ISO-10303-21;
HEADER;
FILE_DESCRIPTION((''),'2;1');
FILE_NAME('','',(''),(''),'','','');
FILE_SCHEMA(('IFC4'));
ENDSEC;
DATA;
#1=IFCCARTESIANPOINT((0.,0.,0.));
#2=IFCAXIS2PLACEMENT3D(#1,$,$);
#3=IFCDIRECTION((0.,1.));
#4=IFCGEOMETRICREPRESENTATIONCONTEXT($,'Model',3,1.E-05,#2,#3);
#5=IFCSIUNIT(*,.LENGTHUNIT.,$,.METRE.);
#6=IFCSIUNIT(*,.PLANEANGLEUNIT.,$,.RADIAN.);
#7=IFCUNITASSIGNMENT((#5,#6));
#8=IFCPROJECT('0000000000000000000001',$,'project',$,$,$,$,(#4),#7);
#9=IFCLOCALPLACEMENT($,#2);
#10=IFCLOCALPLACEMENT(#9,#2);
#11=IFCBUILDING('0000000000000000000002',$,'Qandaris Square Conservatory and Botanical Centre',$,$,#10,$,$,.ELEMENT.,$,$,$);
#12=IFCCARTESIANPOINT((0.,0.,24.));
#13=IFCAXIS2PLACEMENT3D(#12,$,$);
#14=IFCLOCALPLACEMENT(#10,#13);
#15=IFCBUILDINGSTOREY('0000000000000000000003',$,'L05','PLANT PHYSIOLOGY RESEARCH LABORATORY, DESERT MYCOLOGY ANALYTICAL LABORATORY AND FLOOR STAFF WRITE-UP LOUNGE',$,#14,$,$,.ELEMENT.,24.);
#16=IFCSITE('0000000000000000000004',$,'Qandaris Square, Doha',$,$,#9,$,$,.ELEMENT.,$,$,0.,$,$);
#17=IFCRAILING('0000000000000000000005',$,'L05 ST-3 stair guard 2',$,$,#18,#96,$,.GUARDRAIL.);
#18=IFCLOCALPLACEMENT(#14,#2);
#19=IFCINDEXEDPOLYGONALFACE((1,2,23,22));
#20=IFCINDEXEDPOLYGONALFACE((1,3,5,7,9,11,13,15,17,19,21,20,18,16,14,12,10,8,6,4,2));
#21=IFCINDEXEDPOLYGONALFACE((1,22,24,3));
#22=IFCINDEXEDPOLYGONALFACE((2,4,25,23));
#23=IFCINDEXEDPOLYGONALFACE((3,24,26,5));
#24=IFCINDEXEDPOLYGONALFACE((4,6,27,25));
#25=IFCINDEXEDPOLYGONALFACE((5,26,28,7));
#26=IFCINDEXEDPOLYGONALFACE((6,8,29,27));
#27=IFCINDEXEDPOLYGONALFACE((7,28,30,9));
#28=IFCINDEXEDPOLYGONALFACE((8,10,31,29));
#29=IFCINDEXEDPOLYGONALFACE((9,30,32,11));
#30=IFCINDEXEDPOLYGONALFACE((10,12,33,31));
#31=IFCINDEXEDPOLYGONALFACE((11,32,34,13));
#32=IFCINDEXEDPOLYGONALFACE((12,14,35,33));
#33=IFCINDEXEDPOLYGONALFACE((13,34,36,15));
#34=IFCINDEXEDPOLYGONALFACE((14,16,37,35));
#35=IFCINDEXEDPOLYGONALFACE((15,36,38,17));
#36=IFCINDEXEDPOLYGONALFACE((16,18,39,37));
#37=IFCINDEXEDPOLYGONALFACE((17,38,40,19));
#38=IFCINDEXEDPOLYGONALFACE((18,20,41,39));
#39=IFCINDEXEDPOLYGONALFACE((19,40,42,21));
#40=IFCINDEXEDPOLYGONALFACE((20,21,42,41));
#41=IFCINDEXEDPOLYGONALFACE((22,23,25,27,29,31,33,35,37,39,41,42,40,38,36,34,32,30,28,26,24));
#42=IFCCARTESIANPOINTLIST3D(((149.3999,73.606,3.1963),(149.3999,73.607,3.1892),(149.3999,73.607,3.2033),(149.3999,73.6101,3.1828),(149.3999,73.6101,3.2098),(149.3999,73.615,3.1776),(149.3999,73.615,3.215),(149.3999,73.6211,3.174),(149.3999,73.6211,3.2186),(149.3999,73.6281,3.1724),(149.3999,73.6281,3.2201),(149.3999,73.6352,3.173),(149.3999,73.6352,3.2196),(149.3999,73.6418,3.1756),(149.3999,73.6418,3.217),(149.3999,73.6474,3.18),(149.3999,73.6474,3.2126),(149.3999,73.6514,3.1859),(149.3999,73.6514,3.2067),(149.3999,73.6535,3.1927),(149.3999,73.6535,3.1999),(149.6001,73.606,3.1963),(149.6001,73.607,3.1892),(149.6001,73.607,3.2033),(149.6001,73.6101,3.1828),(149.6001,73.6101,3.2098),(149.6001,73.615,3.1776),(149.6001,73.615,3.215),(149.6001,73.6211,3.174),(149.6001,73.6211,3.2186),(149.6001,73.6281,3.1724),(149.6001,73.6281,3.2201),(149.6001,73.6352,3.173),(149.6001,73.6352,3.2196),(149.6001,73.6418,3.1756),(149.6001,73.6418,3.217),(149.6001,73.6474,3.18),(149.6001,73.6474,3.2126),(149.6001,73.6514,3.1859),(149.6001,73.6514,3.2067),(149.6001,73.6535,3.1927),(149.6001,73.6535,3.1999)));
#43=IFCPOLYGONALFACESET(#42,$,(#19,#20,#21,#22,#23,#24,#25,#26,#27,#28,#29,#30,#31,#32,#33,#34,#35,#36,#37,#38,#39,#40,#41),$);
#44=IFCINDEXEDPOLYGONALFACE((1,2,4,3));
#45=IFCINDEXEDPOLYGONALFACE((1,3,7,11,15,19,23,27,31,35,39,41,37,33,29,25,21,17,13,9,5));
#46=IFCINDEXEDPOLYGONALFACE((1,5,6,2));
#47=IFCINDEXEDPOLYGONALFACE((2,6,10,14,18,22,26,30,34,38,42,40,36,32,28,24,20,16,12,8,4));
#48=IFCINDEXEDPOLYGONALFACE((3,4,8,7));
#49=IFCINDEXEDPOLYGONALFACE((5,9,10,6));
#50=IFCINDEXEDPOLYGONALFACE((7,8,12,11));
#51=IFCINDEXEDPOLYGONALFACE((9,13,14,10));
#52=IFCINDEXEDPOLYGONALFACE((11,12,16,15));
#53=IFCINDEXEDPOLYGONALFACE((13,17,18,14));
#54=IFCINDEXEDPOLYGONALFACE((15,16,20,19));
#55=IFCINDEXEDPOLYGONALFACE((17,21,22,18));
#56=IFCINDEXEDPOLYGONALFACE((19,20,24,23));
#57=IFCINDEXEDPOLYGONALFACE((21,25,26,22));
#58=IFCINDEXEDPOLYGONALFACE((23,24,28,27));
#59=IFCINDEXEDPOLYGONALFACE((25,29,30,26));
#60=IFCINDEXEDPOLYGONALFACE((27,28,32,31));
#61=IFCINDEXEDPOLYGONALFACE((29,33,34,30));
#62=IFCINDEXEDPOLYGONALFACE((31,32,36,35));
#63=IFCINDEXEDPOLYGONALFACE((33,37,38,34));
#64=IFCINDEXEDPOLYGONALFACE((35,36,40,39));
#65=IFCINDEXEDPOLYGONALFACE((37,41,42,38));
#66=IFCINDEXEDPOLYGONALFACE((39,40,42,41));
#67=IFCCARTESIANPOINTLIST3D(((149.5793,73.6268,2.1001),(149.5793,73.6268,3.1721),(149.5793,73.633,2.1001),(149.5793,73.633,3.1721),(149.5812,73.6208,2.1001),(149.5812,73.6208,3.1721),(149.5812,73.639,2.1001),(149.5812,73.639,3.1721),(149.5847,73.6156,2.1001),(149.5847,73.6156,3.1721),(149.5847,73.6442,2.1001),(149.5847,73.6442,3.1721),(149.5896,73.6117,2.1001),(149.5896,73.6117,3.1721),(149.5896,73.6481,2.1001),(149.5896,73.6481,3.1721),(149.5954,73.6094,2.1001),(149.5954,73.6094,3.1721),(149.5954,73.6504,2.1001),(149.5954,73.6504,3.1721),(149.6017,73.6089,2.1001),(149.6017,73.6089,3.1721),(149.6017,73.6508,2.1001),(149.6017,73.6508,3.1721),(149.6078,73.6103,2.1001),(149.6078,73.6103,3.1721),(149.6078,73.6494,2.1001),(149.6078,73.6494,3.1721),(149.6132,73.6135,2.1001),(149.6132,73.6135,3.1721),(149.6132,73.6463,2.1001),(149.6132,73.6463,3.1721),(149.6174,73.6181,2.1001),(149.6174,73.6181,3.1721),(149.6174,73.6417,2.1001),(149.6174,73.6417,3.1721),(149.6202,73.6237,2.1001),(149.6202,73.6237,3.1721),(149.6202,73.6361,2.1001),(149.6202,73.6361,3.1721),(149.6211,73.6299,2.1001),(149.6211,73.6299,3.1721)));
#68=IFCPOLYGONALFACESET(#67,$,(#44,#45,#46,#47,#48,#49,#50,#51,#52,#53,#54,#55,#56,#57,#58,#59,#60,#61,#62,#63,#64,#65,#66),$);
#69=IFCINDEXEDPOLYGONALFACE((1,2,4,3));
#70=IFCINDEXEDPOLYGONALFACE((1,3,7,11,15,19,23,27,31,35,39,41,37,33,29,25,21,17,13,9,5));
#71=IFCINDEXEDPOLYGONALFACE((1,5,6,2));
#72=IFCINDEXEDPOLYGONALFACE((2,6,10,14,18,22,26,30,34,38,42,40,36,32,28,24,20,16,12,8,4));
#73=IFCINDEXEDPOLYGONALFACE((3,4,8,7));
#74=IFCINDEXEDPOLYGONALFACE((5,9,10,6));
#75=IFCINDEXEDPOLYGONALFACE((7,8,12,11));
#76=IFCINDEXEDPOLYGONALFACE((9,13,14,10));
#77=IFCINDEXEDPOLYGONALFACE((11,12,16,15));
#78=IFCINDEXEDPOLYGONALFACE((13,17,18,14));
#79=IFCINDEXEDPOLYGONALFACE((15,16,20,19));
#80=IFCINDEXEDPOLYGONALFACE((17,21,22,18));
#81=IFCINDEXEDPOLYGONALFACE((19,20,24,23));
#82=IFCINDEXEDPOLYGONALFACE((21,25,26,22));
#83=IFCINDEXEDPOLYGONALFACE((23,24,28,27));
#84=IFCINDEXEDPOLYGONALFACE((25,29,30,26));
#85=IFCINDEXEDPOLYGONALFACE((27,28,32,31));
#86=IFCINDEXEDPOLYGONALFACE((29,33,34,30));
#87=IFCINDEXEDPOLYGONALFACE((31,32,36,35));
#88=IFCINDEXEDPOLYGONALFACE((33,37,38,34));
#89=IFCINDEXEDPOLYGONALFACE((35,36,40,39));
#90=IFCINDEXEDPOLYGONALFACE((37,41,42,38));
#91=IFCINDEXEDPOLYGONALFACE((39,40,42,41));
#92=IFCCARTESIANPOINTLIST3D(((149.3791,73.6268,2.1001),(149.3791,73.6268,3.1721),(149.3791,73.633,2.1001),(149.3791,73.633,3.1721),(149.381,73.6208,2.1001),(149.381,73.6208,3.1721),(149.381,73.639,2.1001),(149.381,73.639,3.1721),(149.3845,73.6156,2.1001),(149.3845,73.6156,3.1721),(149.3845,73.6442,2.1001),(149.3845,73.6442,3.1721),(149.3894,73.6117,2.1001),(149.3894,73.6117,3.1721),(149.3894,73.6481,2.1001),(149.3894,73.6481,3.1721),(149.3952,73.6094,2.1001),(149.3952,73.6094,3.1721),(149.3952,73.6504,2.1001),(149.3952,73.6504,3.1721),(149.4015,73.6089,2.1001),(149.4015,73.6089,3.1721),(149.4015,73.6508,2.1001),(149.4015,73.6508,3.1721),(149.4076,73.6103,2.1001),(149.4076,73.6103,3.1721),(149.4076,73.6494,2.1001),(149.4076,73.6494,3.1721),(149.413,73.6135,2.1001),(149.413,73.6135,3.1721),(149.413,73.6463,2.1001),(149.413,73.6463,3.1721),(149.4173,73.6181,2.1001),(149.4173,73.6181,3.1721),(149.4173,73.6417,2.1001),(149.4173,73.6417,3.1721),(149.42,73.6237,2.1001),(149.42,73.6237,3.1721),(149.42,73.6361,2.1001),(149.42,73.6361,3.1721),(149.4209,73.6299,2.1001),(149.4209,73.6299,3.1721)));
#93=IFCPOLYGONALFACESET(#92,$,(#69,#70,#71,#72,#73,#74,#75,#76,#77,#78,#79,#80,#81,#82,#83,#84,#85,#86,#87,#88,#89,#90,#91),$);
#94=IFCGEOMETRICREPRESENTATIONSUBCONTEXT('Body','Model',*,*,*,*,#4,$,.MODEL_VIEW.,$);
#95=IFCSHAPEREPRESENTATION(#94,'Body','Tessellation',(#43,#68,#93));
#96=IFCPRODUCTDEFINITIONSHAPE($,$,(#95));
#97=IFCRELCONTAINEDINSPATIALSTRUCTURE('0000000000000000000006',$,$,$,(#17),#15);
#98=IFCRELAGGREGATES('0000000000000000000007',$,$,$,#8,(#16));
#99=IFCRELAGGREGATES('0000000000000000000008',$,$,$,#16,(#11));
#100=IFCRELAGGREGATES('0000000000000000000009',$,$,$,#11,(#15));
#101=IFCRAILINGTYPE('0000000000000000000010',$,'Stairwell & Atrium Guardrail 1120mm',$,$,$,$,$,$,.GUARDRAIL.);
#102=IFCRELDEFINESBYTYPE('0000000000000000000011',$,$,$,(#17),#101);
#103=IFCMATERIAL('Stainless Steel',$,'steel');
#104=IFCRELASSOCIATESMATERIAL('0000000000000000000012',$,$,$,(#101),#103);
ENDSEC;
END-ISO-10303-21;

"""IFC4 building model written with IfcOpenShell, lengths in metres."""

from ifc_helpers import new_model, si_unit, direction, frame, origin, origin_2d, place, context, subcontext, project, spatial, circle, extrude, material, type_object, element, save


model = new_model("IFC4")

# Units and contexts
model_context = context("Model", 3, precision=1e-05, world=origin(), true_north=direction((0.0, 1.0)))
body_context = subcontext(model_context, "Body", "Model", "MODEL_VIEW")
ifc_project = project(units=[si_unit("LENGTHUNIT", "METRE"), si_unit("PLANEANGLEUNIT", "RADIAN")], contexts=[model_context])

# Site, building, storey
site_placement = place(None, origin())
site = spatial("IfcSite", under=ifc_project, at=site_placement, Name="Qandaris Square, Doha", CompositionType="ELEMENT", RefElevation=0.0)
building_placement = place(site_placement, origin())
building = spatial("IfcBuilding", under=site, at=building_placement, Name="Qandaris Square Conservatory and Botanical Centre", CompositionType="ELEMENT")
storey_placement = place(building_placement, frame((0.0, 0.0, 24.0)))
storey = spatial("IfcBuildingStorey", under=building, at=storey_placement, Name="L05", Description="PLANT PHYSIOLOGY RESEARCH LABORATORY, DESERT MYCOLOGY ANALYTICAL LABORATORY AND FLOOR STAFF WRITE-UP LOUNGE", CompositionType="ELEMENT", Elevation=24.0)

# Railing
ifc_material_1 = material(Name="Stainless Steel", Category="steel")
railing_type = type_object("IfcRailingType", Name="Stairwell & Atrium Guardrail 1120mm", PredefinedType="GUARDRAIL", material=ifc_material_1)
railing_placement = place(storey_placement, frame((149.6001, 73.6299, 2.1001)))
element("IfcRailing", 1, at=railing_placement, inside=storey, type_object=railing_type, Name="L05 ST-3 stair guard 2", PredefinedType="GUARDRAIL", context=body_context, shape_type="SweptSolid", body=[
    extrude(circle(Radius=0.0239, at=origin_2d()), frame((0.0, 0.0, 1.0962), z_axis=(-1.0, 0.0, 0.0), x_axis=(0.0, -1.0, 0.0)), (0.0, 0.0, 1.0), 0.2002),
    extrude(circle(Radius=0.021, at=origin_2d()), origin(), (0.0, 0.0, 1.0), 1.072),
    extrude(circle(Radius=0.021, at=origin_2d()), frame((-0.2002, 0.0, 0.0)), (0.0, 0.0, 1.0), 1.072),
])

save(model, "model.ifc")
